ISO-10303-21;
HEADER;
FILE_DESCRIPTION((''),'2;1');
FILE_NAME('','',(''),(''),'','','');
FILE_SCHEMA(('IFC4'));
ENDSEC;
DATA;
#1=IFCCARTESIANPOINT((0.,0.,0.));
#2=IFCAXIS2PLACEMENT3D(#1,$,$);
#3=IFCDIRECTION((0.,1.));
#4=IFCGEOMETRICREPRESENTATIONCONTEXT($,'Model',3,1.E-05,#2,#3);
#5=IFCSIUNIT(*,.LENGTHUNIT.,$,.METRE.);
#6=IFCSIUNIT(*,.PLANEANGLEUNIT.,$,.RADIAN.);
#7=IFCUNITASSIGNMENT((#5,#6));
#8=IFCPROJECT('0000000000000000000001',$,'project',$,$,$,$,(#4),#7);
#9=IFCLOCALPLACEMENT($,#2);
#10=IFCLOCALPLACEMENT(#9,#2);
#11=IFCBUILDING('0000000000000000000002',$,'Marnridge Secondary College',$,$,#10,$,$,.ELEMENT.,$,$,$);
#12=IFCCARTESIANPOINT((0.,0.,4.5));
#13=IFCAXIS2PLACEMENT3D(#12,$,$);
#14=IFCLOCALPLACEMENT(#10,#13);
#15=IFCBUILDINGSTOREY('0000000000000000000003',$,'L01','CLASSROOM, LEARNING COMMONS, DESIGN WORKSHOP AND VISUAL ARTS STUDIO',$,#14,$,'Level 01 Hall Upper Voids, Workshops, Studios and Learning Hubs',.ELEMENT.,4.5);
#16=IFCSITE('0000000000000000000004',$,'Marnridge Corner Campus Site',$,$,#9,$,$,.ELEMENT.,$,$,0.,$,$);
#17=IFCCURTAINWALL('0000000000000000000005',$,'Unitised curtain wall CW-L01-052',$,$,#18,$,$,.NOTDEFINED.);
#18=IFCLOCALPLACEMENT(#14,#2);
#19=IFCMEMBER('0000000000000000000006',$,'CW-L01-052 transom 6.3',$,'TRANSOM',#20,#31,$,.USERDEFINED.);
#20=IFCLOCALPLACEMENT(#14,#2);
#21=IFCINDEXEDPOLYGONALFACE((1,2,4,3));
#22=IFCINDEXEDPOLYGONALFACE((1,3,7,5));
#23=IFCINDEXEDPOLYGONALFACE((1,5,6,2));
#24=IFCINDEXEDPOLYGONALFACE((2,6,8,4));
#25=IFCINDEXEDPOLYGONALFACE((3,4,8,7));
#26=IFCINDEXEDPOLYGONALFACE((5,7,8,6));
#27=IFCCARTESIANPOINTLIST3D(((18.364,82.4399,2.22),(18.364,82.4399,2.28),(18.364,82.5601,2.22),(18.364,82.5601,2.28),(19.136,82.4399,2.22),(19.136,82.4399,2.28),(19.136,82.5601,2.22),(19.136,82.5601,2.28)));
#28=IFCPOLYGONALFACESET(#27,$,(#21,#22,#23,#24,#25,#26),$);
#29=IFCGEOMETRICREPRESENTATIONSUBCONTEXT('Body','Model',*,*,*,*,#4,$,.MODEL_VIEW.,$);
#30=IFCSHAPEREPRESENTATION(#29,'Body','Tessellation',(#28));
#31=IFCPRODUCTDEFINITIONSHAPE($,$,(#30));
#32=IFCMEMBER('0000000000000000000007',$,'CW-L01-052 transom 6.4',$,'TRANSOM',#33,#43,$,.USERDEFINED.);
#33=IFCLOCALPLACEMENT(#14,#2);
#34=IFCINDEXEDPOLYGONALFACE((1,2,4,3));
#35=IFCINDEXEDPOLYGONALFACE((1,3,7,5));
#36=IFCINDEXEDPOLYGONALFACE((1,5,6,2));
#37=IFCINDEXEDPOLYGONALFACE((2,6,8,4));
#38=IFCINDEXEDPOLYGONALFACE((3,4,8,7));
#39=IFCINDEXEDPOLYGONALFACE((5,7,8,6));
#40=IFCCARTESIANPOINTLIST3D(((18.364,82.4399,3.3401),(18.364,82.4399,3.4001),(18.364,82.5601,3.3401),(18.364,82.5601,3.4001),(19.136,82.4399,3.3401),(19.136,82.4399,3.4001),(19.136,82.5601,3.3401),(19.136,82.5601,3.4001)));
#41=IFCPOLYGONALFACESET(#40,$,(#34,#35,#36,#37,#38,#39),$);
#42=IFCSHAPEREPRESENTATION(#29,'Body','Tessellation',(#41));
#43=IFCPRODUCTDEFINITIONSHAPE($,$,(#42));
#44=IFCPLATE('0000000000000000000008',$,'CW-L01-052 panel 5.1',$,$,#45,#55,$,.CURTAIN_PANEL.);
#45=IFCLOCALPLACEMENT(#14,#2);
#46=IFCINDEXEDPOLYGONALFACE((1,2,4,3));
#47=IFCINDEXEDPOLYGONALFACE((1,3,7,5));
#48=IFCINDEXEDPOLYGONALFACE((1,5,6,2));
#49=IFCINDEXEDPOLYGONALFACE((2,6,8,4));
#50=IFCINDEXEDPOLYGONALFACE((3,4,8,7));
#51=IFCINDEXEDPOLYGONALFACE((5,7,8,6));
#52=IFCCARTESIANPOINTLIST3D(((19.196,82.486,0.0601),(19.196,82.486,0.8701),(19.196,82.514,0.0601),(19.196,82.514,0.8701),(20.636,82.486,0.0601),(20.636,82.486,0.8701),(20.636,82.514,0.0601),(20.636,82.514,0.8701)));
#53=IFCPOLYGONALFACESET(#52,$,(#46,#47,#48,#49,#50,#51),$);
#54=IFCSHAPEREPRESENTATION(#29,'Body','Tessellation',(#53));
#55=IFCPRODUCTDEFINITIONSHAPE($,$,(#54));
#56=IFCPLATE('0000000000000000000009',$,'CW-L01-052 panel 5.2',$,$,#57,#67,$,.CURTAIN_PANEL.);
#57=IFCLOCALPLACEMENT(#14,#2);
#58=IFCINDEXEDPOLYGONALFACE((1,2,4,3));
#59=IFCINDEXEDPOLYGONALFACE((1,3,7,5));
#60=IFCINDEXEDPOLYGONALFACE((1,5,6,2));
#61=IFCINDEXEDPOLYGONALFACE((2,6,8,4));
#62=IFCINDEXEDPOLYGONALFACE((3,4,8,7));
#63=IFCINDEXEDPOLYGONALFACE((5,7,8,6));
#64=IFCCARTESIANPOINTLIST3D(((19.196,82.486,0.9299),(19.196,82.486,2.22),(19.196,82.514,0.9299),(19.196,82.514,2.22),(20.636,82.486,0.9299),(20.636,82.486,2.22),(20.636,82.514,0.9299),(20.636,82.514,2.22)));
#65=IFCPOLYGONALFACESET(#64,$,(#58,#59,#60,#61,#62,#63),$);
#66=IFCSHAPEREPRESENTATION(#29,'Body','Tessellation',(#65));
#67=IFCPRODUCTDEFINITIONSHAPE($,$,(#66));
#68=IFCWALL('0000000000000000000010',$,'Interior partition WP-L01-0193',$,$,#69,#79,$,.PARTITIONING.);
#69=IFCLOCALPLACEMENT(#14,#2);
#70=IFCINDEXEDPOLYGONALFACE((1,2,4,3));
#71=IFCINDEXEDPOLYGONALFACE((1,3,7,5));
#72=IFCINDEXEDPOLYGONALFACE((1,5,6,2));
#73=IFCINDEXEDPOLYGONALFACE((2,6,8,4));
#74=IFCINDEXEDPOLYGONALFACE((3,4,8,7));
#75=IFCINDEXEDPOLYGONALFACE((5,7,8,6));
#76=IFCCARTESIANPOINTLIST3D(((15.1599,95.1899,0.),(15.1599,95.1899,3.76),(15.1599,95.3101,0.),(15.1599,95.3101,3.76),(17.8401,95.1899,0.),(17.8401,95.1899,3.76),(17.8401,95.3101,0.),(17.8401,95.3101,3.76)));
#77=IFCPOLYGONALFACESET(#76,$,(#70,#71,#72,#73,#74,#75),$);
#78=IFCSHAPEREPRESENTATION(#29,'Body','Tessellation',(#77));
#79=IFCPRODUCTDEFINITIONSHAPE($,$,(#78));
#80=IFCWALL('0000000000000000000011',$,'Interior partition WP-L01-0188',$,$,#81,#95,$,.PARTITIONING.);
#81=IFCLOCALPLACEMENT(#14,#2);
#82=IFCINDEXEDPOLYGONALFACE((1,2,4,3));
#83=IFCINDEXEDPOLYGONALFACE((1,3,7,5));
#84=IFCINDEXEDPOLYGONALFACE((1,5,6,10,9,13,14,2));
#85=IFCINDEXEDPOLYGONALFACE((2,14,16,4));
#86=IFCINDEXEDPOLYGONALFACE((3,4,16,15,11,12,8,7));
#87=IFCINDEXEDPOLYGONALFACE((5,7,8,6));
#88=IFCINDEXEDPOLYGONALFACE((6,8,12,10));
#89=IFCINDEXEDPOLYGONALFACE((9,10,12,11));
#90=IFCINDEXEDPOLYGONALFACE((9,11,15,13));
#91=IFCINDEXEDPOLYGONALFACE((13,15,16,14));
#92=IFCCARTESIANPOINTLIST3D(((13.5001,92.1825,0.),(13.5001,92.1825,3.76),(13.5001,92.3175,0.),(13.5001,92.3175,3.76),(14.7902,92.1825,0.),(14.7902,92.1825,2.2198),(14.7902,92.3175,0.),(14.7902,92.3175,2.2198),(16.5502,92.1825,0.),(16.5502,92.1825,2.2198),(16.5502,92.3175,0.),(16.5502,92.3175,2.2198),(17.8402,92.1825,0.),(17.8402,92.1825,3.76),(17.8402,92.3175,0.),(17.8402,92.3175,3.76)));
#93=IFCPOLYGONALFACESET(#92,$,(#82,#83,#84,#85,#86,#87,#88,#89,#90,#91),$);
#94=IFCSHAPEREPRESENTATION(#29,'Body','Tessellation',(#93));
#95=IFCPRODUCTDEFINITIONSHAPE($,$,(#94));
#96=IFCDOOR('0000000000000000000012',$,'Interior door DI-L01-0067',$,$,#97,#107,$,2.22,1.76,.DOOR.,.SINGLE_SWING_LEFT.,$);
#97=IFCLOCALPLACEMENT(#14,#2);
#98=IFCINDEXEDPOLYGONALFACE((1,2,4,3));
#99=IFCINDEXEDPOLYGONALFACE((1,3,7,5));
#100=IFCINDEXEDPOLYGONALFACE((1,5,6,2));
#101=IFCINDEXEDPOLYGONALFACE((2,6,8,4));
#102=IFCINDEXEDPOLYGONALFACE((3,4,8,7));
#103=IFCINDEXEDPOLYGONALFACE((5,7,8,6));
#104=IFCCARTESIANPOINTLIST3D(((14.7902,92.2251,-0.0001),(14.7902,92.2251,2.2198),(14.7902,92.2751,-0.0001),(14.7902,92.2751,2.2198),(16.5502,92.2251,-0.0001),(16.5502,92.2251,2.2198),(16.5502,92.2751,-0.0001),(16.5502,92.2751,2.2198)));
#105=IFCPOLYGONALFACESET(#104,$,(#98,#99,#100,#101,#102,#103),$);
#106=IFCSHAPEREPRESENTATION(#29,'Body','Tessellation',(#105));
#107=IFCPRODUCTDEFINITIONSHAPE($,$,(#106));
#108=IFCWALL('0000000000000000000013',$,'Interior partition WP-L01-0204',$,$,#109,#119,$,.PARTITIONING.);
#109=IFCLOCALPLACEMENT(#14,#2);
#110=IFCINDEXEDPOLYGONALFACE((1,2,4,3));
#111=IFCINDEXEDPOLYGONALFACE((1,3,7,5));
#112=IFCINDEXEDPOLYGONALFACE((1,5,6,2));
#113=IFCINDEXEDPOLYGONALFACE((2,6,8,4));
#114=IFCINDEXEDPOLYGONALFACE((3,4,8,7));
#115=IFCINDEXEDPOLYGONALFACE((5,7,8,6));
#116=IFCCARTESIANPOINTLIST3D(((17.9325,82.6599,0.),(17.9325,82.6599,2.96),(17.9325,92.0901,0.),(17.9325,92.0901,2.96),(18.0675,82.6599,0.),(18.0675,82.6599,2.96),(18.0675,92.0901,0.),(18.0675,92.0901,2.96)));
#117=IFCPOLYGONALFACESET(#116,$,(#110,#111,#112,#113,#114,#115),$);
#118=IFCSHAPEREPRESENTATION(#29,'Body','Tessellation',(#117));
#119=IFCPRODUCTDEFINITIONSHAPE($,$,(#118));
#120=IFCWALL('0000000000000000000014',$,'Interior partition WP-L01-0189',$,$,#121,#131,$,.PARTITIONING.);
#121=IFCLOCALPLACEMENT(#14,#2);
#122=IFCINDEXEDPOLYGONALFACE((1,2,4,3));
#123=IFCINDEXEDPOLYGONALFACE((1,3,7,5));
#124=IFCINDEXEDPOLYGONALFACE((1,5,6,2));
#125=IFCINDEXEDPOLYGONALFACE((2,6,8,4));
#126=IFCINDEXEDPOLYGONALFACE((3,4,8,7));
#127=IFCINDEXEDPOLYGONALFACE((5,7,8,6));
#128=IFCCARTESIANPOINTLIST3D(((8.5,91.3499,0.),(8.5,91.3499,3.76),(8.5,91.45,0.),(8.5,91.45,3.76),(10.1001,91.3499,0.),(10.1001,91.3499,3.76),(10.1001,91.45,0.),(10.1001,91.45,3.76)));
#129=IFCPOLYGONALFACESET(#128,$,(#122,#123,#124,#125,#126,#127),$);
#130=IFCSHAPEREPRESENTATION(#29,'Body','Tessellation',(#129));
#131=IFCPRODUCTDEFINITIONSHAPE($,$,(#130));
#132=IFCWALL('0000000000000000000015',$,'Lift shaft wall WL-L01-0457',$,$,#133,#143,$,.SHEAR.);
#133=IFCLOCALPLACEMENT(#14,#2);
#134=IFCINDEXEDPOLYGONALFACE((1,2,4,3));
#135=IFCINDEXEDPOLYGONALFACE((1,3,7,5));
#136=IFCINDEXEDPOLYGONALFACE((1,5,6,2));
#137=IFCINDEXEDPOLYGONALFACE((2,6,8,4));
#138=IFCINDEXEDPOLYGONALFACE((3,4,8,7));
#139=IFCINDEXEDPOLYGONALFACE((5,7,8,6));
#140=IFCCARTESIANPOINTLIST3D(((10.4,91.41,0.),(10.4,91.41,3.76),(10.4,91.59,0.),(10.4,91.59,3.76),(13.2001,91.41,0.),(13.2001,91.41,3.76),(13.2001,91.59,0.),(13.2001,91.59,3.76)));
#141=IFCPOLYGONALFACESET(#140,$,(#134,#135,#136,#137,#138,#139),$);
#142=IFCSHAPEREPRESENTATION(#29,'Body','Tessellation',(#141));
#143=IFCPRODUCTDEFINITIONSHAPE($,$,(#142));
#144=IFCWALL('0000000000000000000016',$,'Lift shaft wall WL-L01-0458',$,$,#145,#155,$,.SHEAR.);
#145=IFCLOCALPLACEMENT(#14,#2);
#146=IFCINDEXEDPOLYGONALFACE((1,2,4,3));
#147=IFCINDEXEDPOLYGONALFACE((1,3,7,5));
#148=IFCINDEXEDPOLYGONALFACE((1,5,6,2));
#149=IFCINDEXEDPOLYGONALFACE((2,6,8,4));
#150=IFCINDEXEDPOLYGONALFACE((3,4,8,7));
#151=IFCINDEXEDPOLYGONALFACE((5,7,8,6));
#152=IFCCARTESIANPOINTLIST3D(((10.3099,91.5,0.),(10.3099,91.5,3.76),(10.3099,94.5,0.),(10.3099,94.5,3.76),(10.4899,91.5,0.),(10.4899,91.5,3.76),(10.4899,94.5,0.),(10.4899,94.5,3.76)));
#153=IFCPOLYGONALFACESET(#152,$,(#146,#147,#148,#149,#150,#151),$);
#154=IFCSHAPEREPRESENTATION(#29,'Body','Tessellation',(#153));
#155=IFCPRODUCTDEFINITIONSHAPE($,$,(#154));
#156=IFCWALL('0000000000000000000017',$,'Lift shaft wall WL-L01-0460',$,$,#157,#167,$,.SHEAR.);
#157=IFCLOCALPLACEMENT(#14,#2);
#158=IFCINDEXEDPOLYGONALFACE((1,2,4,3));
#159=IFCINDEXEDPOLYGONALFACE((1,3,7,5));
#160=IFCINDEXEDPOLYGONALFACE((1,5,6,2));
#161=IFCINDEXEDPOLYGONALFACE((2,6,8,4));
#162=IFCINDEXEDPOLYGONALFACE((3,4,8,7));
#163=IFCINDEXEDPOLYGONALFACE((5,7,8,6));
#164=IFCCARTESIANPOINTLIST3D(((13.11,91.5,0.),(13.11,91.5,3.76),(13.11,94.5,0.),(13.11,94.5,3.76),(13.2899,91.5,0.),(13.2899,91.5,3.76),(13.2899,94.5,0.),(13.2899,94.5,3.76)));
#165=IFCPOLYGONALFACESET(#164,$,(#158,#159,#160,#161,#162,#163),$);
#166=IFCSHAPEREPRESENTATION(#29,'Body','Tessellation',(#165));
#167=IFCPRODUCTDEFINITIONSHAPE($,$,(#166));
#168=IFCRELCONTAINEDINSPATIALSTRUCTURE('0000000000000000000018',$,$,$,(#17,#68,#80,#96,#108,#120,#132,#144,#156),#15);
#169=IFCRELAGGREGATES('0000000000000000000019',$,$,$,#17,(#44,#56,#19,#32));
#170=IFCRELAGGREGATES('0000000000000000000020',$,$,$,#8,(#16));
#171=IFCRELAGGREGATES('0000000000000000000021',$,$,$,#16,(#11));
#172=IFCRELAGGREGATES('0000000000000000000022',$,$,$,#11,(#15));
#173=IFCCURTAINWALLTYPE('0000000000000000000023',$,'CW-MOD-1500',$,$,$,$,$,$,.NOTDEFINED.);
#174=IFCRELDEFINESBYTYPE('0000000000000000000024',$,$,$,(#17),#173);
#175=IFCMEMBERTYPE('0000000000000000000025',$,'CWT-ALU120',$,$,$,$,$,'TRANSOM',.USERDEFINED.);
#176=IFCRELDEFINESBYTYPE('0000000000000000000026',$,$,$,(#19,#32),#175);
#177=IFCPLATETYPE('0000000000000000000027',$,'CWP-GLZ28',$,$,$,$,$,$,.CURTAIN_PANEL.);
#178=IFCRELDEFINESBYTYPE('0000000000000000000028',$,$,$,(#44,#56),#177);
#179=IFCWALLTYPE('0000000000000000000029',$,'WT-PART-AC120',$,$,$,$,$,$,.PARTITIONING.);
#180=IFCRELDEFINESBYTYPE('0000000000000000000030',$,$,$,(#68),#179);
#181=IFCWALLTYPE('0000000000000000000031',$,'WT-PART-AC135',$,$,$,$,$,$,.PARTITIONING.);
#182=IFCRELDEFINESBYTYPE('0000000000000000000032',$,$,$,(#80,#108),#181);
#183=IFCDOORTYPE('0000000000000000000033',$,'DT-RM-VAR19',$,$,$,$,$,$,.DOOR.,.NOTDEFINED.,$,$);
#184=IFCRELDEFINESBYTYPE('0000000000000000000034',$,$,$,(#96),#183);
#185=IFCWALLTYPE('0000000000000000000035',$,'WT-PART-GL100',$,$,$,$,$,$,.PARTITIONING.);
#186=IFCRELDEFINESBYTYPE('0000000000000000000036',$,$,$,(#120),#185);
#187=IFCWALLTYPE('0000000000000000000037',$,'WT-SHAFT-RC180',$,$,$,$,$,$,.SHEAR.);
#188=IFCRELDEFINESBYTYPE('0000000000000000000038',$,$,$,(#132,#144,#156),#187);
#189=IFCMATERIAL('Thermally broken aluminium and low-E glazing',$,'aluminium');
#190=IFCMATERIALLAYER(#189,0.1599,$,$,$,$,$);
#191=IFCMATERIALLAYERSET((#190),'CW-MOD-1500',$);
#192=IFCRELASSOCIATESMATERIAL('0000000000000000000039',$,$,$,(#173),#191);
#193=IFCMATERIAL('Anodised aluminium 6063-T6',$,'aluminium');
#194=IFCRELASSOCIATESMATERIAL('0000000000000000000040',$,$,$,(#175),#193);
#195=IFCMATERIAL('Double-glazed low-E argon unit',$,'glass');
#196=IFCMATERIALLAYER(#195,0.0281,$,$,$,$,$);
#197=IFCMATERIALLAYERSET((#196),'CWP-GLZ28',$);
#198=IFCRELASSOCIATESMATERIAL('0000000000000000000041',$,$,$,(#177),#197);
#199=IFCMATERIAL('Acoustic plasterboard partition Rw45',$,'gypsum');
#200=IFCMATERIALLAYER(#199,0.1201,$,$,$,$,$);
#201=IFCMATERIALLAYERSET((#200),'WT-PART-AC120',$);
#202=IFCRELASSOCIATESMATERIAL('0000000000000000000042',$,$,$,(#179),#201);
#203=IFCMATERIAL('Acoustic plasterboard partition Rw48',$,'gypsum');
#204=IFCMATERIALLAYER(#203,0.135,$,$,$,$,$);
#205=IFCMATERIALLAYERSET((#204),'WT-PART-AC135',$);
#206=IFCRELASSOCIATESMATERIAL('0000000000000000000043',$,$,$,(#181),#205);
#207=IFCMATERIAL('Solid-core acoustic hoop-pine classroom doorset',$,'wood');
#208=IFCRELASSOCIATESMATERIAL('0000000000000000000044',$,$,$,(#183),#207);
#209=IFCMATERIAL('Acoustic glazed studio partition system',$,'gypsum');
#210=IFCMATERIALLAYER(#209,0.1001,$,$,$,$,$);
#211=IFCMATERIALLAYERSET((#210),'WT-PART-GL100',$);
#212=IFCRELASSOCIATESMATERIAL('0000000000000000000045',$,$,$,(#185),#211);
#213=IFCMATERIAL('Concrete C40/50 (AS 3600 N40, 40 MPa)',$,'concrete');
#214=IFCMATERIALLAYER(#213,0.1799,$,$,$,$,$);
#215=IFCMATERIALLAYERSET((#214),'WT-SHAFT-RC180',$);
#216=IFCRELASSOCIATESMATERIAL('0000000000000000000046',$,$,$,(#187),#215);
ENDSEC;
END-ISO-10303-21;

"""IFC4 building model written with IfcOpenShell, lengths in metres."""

from ifc_helpers import new_model, si_unit, direction, frame, frame_2d, origin, origin_2d, place, context, subcontext, project, spatial, rectangle, extrude, material, layer, layer_set, material_profile, profile_set, type_object, element, fill, aggregate, save


model = new_model("IFC4")

# Units and contexts
model_context = context("Model", 3, precision=1e-05, world=origin(), true_north=direction((0.0, 1.0)))
body_context = subcontext(model_context, "Body", "Model", "MODEL_VIEW")
ifc_project = project(units=[si_unit("LENGTHUNIT", "METRE"), si_unit("PLANEANGLEUNIT", "RADIAN")], contexts=[model_context])

# Site, building, storey
site_placement = place(None, origin())
site = spatial("IfcSite", under=ifc_project, at=site_placement, Name="Marnridge Corner Campus Site", CompositionType="ELEMENT", RefElevation=0.0)
building_placement = place(site_placement, origin())
building = spatial("IfcBuilding", under=site, at=building_placement, Name="Marnridge Secondary College", CompositionType="ELEMENT")
storey_placement = place(building_placement, frame((0.0, 0.0, 4.5)))
storey = spatial("IfcBuildingStorey", under=building, at=storey_placement, Name="L01", Description="CLASSROOM, LEARNING COMMONS, DESIGN WORKSHOP AND VISUAL ARTS STUDIO", LongName="Level 01 Hall Upper Voids, Workshops, Studios and Learning Hubs", CompositionType="ELEMENT", Elevation=4.5)

# Curtain wall, members, plates
ifc_material_1 = material(Name="Thermally broken aluminium and low-E glazing", Category="aluminium")
ifc_layer_1 = layer(ifc_material_1, 0.1599)
ifc_layer_set_1 = layer_set([ifc_layer_1], Name="CW-MOD-1500")
curtain_wall_type = type_object("IfcCurtainWallType", Name="CW-MOD-1500", PredefinedType="NOTDEFINED", material=ifc_layer_set_1)
curtain_wall_placement = place(storey_placement, origin())
curtain_wall = element("IfcCurtainWall", 1, at=curtain_wall_placement, inside=storey, type_object=curtain_wall_type, Name="Unitised curtain wall CW-L01-052", PredefinedType="NOTDEFINED")
ifc_material_2 = material(Name="Anodised aluminium 6063-T6", Category="aluminium")
ifc_material_profile_1 = material_profile(ifc_material_2, rectangle(XDim=0.0601, YDim=0.1201, at=origin_2d()), Name="ALU 60x120")
ifc_profile_set_1 = profile_set([ifc_material_profile_1], Name="Anodised aluminium 6063-T6")
member_type_1 = type_object("IfcMemberType", Name="CWT-ALU120", ElementType="TRANSOM", PredefinedType="USERDEFINED", material=ifc_profile_set_1)
member_1_placement = place(storey_placement, frame((19.136, 82.5, 2.25), z_axis=(-1.0, 0.0, 0.0), x_axis=(0.0, 0.0, 1.0)))
member_1 = element("IfcMember", 2, at=member_1_placement, type_object=member_type_1, Name="CW-L01-052 transom 6.3", ObjectType="TRANSOM", PredefinedType="USERDEFINED", context=body_context, shape_type="SweptSolid", body=[
    extrude(rectangle(XDim=0.0601, YDim=0.1201, at=origin_2d()), origin(), (0.0, 0.0, 1.0), 0.772),
])
member_2_placement = place(storey_placement, frame((19.136, 82.5, 3.3701), z_axis=(-1.0, 0.0, 0.0), x_axis=(0.0, 0.0, 1.0)))
member_2 = element("IfcMember", 3, at=member_2_placement, type_object=member_type_1, Name="CW-L01-052 transom 6.4", ObjectType="TRANSOM", PredefinedType="USERDEFINED", context=body_context, shape_type="SweptSolid", body=[
    extrude(rectangle(XDim=0.0601, YDim=0.1201, at=origin_2d()), origin(), (0.0, 0.0, 1.0), 0.772),
])
ifc_material_3 = material(Name="Double-glazed low-E argon unit", Category="glass")
ifc_layer_2 = layer(ifc_material_3, 0.0281)
ifc_layer_set_2 = layer_set([ifc_layer_2], Name="CWP-GLZ28")
plate_type = type_object("IfcPlateType", Name="CWP-GLZ28", PredefinedType="CURTAIN_PANEL", material=ifc_layer_set_2)
plate_1_placement = place(storey_placement, frame((19.916, 82.5, 0.0601), z_axis=(0.0, 0.0, 1.0), x_axis=(-1.0, 0.0, 0.0)))
plate_1 = element("IfcPlate", 4, at=plate_1_placement, type_object=plate_type, Name="CW-L01-052 panel 5.1", PredefinedType="CURTAIN_PANEL", context=body_context, shape_type="SweptSolid", body=[
    extrude(rectangle(XDim=1.4399, YDim=0.0281, at=origin_2d()), origin(), (0.0, 0.0, 1.0), 0.8101),
])
plate_2_placement = place(storey_placement, frame((19.916, 82.5, 0.9299), z_axis=(0.0, 0.0, 1.0), x_axis=(-1.0, 0.0, 0.0)))
plate_2 = element("IfcPlate", 5, at=plate_2_placement, type_object=plate_type, Name="CW-L01-052 panel 5.2", PredefinedType="CURTAIN_PANEL", context=body_context, shape_type="SweptSolid", body=[
    extrude(rectangle(XDim=1.4399, YDim=0.0281, at=origin_2d()), origin(), (0.0, 0.0, 1.0), 1.29),
])
aggregate(curtain_wall, [plate_1, plate_2, member_1, member_2])

# Wall
ifc_material_4 = material(Name="Acoustic plasterboard partition Rw45", Category="gypsum")
ifc_layer_3 = layer(ifc_material_4, 0.1201)
ifc_layer_set_3 = layer_set([ifc_layer_3], Name="WT-PART-AC120")
wall_type_1 = type_object("IfcWallType", Name="WT-PART-AC120", PredefinedType="PARTITIONING", material=ifc_layer_set_3)
wall_1_placement = place(storey_placement, frame((15.1599, 95.25, 0.0), z_axis=(0.0, 0.0, 1.0), x_axis=(1.0, 0.0, 0.0)))
element("IfcWall", 6, at=wall_1_placement, inside=storey, type_object=wall_type_1, Name="Interior partition WP-L01-0193", PredefinedType="PARTITIONING", context=body_context, shape_type="SweptSolid", body=[
    extrude(rectangle(XDim=2.6802, YDim=0.1201, at=frame_2d((1.3401, 0.0))), origin(), (0.0, 0.0, 1.0), 3.76),
])

# Wall, opening, door
ifc_material_5 = material(Name="Acoustic plasterboard partition Rw48", Category="gypsum")
ifc_layer_4 = layer(ifc_material_5, 0.135)
ifc_layer_set_4 = layer_set([ifc_layer_4], Name="WT-PART-AC135")
wall_type_2 = type_object("IfcWallType", Name="WT-PART-AC135", PredefinedType="PARTITIONING", material=ifc_layer_set_4)
wall_2_placement = place(storey_placement, frame((17.8401, 92.25, 0.0), z_axis=(0.0, 0.0, 1.0), x_axis=(-1.0, 0.0, 0.0)))
wall_2 = element("IfcWall", 7, at=wall_2_placement, inside=storey, type_object=wall_type_2, Name="Interior partition WP-L01-0188", PredefinedType="PARTITIONING", context=body_context, shape_type="SweptSolid", body=[
    extrude(rectangle(XDim=4.3401, YDim=0.135, at=frame_2d((2.1699, 0.0))), origin(), (0.0, 0.0, 1.0), 3.76),
])
opening_1_placement = place(wall_2_placement, frame((1.29, 0.0, 0.0)))
opening_1 = element("IfcOpeningElement", 8, at=opening_1_placement, cuts=wall_2, PredefinedType="OPENING", context=body_context, shape_type="SweptSolid", body=[
    extrude(rectangle(XDim=1.76, YDim=2.22, at=frame_2d((0.8799, 1.1099))), frame((0.0, 0.0774, 0.0), z_axis=(0.0, -1.0, 0.0), x_axis=(1.0, 0.0, 0.0)), (0.0, 0.0, 1.0), 0.155),
])
ifc_material_6 = material(Name="Solid-core acoustic hoop-pine classroom doorset", Category="wood")
door_type_1 = type_object("IfcDoorType", Name="DT-RM-VAR19", OperationType="NOTDEFINED", PredefinedType="DOOR", material=ifc_material_6)
door_1_placement = place(opening_1_placement, origin())
door_1 = element("IfcDoor", 9, at=door_1_placement, inside=storey, type_object=door_type_1, Name="Interior door DI-L01-0067", OperationType="SINGLE_SWING_LEFT", OverallHeight=2.22, OverallWidth=1.76, PredefinedType="DOOR", context=body_context, shape_type="SweptSolid", body=[
    extrude(rectangle(XDim=1.76, YDim=2.22, at=frame_2d((0.8799, 1.1099))), frame((0.0, 0.0249, 0.0), z_axis=(0.0, -1.0, 0.0), x_axis=(1.0, 0.0, 0.0)), (0.0, 0.0, 1.0), 0.05),
])
fill(opening_1, door_1)

# Walls
wall_3_placement = place(storey_placement, frame((18.0, 82.6599, 0.0), z_axis=(0.0, 0.0, 1.0), x_axis=(0.0, 1.0, 0.0)))
element("IfcWall", 10, at=wall_3_placement, inside=storey, type_object=wall_type_2, Name="Interior partition WP-L01-0204", PredefinedType="PARTITIONING", context=body_context, shape_type="SweptSolid", body=[
    extrude(rectangle(XDim=9.4302, YDim=0.135, at=frame_2d((4.7151, 0.0))), origin(), (0.0, 0.0, 1.0), 2.96),
])
ifc_material_7 = material(Name="Acoustic glazed studio partition system", Category="gypsum")
ifc_layer_5 = layer(ifc_material_7, 0.1001)
ifc_layer_set_5 = layer_set([ifc_layer_5], Name="WT-PART-GL100")
wall_type_3 = type_object("IfcWallType", Name="WT-PART-GL100", PredefinedType="PARTITIONING", material=ifc_layer_set_5)
wall_4_placement = place(storey_placement, frame((10.1001, 91.3999, 0.0), z_axis=(0.0, 0.0, 1.0), x_axis=(-1.0, 0.0, 0.0)))
element("IfcWall", 11, at=wall_4_placement, inside=storey, type_object=wall_type_3, Name="Interior partition WP-L01-0189", PredefinedType="PARTITIONING", context=body_context, shape_type="SweptSolid", body=[
    extrude(rectangle(XDim=1.6001, YDim=0.1001, at=frame_2d((0.8, 0.0))), origin(), (0.0, 0.0, 1.0), 3.76),
])
ifc_material_8 = material(Name="Concrete C40/50 (AS 3600 N40, 40 MPa)", Category="concrete")
ifc_layer_6 = layer(ifc_material_8, 0.1799)
ifc_layer_set_6 = layer_set([ifc_layer_6], Name="WT-SHAFT-RC180")
wall_type_4 = type_object("IfcWallType", Name="WT-SHAFT-RC180", PredefinedType="SHEAR", material=ifc_layer_set_6)
wall_5_placement = place(storey_placement, frame((13.2, 91.5, 0.0), z_axis=(0.0, 0.0, 1.0), x_axis=(-1.0, 0.0, 0.0)))
element("IfcWall", 12, at=wall_5_placement, inside=storey, type_object=wall_type_4, Name="Lift shaft wall WL-L01-0457", PredefinedType="SHEAR", context=body_context, shape_type="SweptSolid", body=[
    extrude(rectangle(XDim=2.8, YDim=0.1799, at=frame_2d((1.3999, 0.0))), origin(), (0.0, 0.0, 1.0), 3.76),
])
wall_6_placement = place(storey_placement, frame((10.3999, 91.5, 0.0), z_axis=(0.0, 0.0, 1.0), x_axis=(0.0, 1.0, 0.0)))
element("IfcWall", 13, at=wall_6_placement, inside=storey, type_object=wall_type_4, Name="Lift shaft wall WL-L01-0458", PredefinedType="SHEAR", context=body_context, shape_type="SweptSolid", body=[
    extrude(rectangle(XDim=3.0, YDim=0.1799, at=frame_2d((1.5, 0.0))), origin(), (0.0, 0.0, 1.0), 3.76),
])

# Wall
wall_7_placement = place(storey_placement, frame((13.2, 94.5, 0.0), z_axis=(0.0, 0.0, 1.0), x_axis=(0.0, -1.0, 0.0)))
element("IfcWall", 14, at=wall_7_placement, inside=storey, type_object=wall_type_4, Name="Lift shaft wall WL-L01-0460", PredefinedType="SHEAR", context=body_context, shape_type="SweptSolid", body=[
    extrude(rectangle(XDim=3.0, YDim=0.1799, at=frame_2d((1.5, 0.0))), origin(), (0.0, 0.0, 1.0), 3.76),
])

save(model, "model.ifc")
